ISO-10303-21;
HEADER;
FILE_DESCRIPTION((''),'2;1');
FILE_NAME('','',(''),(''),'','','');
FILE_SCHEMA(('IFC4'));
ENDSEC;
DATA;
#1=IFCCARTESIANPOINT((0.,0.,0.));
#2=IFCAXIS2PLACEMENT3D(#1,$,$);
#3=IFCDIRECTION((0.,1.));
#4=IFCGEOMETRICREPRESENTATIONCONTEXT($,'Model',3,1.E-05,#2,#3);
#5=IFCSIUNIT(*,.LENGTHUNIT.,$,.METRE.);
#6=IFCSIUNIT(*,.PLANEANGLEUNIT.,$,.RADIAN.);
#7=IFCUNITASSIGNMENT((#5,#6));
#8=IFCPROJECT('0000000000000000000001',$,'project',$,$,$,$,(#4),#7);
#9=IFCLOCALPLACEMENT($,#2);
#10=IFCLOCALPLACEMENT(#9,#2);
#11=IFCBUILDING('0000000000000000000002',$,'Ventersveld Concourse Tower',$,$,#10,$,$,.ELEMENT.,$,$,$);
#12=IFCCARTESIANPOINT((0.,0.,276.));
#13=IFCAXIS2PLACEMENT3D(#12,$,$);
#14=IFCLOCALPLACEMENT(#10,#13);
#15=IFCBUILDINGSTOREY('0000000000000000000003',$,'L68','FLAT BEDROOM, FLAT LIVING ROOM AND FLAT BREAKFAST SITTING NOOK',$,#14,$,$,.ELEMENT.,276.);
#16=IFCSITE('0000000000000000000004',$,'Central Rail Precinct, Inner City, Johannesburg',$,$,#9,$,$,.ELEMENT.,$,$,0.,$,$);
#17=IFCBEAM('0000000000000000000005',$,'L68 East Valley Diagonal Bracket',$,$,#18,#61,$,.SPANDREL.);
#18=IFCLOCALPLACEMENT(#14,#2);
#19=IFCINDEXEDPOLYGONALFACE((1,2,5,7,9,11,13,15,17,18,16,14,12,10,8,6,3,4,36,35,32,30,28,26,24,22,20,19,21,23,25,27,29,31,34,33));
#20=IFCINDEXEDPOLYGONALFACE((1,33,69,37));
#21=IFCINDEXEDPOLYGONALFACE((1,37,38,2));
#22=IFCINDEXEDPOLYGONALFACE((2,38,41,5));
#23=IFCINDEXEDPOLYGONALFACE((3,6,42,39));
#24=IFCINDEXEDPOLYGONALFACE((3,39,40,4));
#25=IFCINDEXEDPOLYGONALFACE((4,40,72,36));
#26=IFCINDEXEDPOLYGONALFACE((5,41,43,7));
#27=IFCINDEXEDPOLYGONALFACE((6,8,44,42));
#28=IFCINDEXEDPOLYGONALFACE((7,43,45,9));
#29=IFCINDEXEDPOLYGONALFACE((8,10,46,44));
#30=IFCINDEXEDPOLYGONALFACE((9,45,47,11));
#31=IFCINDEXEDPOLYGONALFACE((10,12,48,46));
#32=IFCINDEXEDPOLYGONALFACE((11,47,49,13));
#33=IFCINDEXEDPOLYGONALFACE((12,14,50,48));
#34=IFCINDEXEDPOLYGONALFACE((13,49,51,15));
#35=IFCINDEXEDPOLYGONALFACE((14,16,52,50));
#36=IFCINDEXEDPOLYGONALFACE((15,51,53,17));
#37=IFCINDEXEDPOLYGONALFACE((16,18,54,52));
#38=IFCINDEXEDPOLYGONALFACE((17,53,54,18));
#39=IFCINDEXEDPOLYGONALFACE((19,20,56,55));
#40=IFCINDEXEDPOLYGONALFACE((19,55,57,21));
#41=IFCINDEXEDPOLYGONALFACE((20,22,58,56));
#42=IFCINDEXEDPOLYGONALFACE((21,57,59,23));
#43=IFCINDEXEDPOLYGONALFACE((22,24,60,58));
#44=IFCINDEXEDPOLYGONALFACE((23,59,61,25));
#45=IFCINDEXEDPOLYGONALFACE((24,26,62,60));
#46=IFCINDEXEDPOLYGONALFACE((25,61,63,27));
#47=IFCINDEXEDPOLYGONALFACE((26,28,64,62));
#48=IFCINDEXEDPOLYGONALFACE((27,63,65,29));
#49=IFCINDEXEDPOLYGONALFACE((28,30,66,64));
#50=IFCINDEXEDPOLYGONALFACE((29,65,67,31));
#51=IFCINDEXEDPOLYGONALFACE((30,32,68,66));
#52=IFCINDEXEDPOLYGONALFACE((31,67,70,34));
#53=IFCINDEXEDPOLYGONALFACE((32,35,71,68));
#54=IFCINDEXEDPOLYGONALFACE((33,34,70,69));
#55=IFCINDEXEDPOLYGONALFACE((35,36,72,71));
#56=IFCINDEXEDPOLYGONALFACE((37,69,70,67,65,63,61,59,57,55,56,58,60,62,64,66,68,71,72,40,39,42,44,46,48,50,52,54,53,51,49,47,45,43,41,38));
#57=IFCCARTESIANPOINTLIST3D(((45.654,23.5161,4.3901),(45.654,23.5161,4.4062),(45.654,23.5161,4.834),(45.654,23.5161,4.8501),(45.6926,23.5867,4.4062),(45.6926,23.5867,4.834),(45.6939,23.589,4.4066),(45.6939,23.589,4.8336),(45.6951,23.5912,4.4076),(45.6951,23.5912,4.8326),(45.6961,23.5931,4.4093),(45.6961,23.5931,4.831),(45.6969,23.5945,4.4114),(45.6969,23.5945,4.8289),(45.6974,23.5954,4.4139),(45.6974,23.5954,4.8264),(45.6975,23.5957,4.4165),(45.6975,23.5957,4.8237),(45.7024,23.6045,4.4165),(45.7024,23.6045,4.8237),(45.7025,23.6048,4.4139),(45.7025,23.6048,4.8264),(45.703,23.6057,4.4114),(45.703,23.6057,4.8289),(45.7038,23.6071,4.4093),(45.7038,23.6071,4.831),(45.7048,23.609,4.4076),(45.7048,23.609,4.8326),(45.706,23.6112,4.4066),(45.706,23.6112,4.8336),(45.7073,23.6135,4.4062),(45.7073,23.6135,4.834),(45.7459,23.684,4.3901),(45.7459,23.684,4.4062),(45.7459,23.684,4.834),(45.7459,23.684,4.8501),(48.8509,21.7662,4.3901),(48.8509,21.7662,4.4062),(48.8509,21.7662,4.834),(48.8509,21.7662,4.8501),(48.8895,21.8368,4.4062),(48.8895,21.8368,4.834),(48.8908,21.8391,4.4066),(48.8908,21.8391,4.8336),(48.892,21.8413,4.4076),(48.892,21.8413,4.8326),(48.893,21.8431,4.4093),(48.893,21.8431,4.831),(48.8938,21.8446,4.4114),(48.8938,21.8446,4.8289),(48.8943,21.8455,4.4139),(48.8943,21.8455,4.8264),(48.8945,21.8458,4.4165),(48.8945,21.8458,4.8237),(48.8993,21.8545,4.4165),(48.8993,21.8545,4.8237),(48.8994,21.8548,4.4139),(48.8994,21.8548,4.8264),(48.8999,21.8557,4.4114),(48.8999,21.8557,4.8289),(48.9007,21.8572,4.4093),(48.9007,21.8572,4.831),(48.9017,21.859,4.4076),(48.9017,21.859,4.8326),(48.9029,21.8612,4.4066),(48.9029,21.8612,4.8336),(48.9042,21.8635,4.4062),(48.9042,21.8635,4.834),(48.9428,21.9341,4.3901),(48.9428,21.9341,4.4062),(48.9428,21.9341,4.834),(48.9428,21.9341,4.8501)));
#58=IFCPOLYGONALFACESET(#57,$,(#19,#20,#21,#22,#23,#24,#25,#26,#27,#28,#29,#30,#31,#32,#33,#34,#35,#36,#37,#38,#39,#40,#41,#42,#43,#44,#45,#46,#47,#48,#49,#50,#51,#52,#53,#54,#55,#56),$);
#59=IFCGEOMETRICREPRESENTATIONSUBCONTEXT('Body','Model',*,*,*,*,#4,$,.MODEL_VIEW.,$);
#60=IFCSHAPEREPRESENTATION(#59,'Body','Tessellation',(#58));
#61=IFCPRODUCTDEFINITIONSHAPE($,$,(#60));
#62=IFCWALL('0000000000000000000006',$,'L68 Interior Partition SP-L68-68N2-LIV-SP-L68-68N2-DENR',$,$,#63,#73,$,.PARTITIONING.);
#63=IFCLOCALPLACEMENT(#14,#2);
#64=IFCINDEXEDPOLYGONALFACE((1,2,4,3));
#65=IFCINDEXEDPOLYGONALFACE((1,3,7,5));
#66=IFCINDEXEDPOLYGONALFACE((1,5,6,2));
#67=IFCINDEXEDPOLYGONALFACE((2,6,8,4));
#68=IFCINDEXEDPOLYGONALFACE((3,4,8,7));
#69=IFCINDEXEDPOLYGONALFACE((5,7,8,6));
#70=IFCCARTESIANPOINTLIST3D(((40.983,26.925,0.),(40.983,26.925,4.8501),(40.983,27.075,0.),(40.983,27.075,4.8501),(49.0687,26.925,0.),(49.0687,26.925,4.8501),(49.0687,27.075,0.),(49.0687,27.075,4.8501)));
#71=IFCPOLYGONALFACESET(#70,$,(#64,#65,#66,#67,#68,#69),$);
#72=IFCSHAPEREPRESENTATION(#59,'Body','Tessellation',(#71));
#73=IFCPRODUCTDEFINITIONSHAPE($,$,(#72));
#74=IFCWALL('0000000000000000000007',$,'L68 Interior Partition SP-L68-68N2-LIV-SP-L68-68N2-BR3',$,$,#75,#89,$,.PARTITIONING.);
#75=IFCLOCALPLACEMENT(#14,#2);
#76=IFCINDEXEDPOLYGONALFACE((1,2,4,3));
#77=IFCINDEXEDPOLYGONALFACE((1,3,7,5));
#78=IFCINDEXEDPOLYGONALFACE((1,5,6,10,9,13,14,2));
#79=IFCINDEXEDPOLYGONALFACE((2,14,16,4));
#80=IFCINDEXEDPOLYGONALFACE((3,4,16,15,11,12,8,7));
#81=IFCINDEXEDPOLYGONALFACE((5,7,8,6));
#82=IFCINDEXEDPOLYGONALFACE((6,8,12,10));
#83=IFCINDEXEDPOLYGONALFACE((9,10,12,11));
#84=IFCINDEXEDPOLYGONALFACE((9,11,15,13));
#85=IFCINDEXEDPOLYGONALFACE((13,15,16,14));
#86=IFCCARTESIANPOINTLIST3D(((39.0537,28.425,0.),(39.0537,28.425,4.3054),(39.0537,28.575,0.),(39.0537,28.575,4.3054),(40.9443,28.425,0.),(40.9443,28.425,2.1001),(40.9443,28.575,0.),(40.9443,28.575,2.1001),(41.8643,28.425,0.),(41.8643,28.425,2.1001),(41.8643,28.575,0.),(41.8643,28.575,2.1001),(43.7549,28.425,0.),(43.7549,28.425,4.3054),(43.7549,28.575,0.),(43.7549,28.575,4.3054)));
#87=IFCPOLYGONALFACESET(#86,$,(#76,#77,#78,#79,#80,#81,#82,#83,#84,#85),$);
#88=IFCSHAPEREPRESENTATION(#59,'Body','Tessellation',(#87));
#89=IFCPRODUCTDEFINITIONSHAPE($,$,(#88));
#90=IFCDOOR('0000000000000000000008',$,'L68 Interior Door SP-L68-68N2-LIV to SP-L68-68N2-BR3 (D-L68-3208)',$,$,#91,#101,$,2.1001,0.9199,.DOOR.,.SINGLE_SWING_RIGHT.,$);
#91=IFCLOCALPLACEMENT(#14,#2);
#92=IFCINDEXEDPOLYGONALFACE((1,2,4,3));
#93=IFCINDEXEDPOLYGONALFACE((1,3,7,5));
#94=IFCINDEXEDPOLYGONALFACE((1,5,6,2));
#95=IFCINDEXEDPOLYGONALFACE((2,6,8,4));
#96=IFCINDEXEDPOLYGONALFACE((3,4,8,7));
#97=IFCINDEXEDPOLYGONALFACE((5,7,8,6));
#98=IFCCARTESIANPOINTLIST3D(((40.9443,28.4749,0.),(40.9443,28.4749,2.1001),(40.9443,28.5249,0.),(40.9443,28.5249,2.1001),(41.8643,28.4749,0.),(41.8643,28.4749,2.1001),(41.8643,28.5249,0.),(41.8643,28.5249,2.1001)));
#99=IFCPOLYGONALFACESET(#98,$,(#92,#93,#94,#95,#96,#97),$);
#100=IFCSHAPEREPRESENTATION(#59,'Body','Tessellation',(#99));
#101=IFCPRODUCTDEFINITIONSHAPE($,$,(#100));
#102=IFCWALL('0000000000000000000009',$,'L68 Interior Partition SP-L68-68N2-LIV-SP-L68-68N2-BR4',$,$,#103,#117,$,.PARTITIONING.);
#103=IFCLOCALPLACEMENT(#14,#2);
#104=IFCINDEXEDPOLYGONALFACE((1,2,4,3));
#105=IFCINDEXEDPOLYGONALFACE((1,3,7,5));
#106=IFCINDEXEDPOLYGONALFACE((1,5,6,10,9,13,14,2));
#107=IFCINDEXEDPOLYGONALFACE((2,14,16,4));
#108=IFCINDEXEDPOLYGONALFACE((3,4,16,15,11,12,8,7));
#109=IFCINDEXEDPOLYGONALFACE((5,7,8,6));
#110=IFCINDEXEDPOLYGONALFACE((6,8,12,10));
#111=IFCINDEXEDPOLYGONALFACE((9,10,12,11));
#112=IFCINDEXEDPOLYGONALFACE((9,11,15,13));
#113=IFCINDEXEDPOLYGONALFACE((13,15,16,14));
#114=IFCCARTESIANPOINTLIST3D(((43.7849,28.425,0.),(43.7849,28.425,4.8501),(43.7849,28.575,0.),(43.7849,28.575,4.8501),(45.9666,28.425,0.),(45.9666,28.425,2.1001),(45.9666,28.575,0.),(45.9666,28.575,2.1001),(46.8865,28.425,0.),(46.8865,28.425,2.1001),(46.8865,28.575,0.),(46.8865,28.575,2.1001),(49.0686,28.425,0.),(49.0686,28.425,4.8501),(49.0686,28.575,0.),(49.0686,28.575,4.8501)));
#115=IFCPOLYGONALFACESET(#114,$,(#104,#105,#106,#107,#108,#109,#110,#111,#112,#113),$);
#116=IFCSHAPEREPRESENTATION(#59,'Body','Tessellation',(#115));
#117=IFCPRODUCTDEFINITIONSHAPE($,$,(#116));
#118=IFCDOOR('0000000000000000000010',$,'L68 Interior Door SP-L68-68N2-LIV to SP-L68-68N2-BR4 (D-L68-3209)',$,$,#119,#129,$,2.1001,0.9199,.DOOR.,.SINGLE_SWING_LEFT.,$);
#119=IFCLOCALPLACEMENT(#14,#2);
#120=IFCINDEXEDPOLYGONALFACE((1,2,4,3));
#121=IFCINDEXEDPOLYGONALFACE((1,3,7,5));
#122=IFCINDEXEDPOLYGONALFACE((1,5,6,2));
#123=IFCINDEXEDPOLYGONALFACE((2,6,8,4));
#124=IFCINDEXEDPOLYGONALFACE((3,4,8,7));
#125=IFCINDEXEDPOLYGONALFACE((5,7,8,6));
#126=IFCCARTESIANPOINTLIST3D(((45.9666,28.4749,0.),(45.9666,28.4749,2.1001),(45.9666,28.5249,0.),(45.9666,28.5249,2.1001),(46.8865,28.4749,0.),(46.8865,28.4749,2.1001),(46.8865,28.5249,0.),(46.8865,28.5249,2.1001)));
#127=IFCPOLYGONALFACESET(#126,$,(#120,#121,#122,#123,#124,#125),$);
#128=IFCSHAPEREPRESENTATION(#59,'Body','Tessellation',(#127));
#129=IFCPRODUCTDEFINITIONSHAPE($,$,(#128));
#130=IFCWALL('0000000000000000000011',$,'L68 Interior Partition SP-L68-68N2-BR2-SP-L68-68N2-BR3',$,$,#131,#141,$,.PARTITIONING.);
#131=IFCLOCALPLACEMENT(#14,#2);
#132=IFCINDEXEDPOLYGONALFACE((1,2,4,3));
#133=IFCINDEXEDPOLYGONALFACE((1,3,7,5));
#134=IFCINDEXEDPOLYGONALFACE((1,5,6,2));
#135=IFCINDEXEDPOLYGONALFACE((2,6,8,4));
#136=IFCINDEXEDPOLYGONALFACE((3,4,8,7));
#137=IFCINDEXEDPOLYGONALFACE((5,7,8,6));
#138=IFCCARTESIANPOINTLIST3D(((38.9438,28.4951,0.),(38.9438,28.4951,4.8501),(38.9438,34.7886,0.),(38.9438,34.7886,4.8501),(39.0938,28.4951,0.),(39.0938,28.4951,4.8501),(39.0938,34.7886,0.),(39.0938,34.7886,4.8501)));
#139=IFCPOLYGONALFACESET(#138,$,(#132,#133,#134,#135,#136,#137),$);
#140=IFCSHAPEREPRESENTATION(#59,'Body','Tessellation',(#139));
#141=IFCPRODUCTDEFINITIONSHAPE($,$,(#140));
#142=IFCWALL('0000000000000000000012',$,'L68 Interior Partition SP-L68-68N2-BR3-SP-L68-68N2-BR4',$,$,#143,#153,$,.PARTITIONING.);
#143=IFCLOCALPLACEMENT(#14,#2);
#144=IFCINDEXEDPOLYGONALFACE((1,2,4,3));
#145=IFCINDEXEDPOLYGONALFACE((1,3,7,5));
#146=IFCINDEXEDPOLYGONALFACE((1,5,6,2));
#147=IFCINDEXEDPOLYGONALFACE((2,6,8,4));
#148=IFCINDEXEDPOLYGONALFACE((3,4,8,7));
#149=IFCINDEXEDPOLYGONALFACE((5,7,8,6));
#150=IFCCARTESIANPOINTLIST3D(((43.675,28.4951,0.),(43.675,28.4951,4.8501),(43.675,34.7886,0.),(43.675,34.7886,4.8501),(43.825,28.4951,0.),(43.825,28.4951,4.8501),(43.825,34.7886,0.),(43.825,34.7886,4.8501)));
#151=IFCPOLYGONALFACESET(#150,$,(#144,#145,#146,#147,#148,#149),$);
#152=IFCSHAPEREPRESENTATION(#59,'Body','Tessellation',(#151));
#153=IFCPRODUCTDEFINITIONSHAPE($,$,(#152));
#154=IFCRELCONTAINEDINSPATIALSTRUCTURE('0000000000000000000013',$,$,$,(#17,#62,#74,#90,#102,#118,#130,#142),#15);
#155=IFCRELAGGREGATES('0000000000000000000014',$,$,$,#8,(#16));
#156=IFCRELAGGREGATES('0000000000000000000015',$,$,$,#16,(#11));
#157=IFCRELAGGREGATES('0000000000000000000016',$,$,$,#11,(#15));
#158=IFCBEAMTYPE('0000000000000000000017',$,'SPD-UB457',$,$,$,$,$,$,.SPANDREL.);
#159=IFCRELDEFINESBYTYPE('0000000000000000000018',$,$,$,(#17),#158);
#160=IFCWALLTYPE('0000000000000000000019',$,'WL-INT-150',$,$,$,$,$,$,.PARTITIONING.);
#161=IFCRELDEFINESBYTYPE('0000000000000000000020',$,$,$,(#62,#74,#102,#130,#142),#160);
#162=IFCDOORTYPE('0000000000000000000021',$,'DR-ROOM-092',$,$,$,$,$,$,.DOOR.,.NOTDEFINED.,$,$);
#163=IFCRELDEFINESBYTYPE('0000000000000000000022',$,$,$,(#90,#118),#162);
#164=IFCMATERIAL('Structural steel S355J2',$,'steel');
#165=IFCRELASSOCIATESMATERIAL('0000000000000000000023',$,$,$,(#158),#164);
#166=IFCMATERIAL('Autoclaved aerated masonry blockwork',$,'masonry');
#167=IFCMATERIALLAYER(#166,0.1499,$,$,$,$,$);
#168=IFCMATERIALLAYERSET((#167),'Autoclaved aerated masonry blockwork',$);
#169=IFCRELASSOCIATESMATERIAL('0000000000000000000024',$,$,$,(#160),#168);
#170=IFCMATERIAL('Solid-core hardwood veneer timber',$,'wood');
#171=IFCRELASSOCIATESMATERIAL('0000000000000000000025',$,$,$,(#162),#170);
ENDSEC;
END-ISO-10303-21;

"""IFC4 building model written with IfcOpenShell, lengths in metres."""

from ifc_helpers import new_model, si_unit, direction, frame, frame_2d, origin, origin_2d, place, context, subcontext, project, spatial, rectangle, i_section, extrude, material, layer, layer_set, material_profile, profile_set, type_object, element, fill, save


model = new_model("IFC4")

# Units and contexts
model_context = context("Model", 3, precision=1e-05, world=origin(), true_north=direction((0.0, 1.0)))
body_context = subcontext(model_context, "Body", "Model", "MODEL_VIEW")
ifc_project = project(units=[si_unit("LENGTHUNIT", "METRE"), si_unit("PLANEANGLEUNIT", "RADIAN")], contexts=[model_context])

# Site, building, storey
site_placement = place(None, origin())
site = spatial("IfcSite", under=ifc_project, at=site_placement, Name="Central Rail Precinct, Inner City, Johannesburg", CompositionType="ELEMENT", RefElevation=0.0)
building_placement = place(site_placement, origin())
building = spatial("IfcBuilding", under=site, at=building_placement, Name="Ventersveld Concourse Tower", CompositionType="ELEMENT")
storey_placement = place(building_placement, frame((0.0, 0.0, 276.0)))
storey = spatial("IfcBuildingStorey", under=building, at=storey_placement, Name="L68", Description="FLAT BEDROOM, FLAT LIVING ROOM AND FLAT BREAKFAST SITTING NOOK", CompositionType="ELEMENT", Elevation=276.0)

# Beam
ifc_material_1 = material(Name="Structural steel S355J2", Category="steel")
ifc_material_profile_1 = material_profile(ifc_material_1, i_section(OverallWidth=0.1914, OverallDepth=0.46, WebThickness=0.01, FlangeThickness=0.0161, FilletRadius=0.0103, at=origin_2d()), Name="UB 457x191x82")
ifc_profile_set_1 = profile_set([ifc_material_profile_1], Name="Structural steel S355J2")
beam_type_1 = type_object("IfcBeamType", Name="SPD-UB457", PredefinedType="SPANDREL", material=ifc_profile_set_1)
beam_1_placement = place(storey_placement, frame((45.7, 23.6001, 4.6201), z_axis=(0.877183, -0.480156, 0.0), x_axis=(0.480156, 0.877183, 0.0)))
element("IfcBeam", 1, at=beam_1_placement, inside=storey, type_object=beam_type_1, Name="L68 East Valley Diagonal Bracket", PredefinedType="SPANDREL", context=body_context, shape_type="SweptSolid", body=[
    extrude(i_section(OverallWidth=0.1914, OverallDepth=0.46, WebThickness=0.01, FlangeThickness=0.0161, FilletRadius=0.0103, at=origin_2d()), origin(), (0.0, 0.0, 1.0), 3.6445),
])

# Wall
ifc_material_2 = material(Name="Autoclaved aerated masonry blockwork", Category="masonry")
ifc_layer_1 = layer(ifc_material_2, 0.1499)
ifc_layer_set_1 = layer_set([ifc_layer_1], Name="Autoclaved aerated masonry blockwork")
wall_type_1 = type_object("IfcWallType", Name="WL-INT-150", PredefinedType="PARTITIONING", material=ifc_layer_set_1)
wall_1_placement = place(storey_placement, frame((40.9829, 27.0, 0.0), z_axis=(0.0, 0.0, 1.0), x_axis=(1.0, 0.0, 0.0)))
element("IfcWall", 2, at=wall_1_placement, inside=storey, type_object=wall_type_1, Name="L68 Interior Partition SP-L68-68N2-LIV-SP-L68-68N2-DENR", PredefinedType="PARTITIONING", context=body_context, shape_type="SweptSolid", body=[
    extrude(rectangle(XDim=8.0857, YDim=0.1499, at=frame_2d((4.043, 0.0))), origin(), (0.0, 0.0, 1.0), 4.8501),
])

# Walls, openings, doors
wall_2_placement = place(storey_placement, frame((39.0537, 28.5, 0.0), z_axis=(0.0, 0.0, 1.0), x_axis=(1.0, 0.0, 0.0)))
wall_2 = element("IfcWall", 3, at=wall_2_placement, inside=storey, type_object=wall_type_1, Name="L68 Interior Partition SP-L68-68N2-LIV-SP-L68-68N2-BR3", PredefinedType="PARTITIONING", context=body_context, shape_type="SweptSolid", body=[
    extrude(rectangle(XDim=4.7012, YDim=0.1499, at=frame_2d((2.3506, 0.0))), origin(), (0.0, 0.0, 1.0), 4.3054),
])
opening_1_placement = place(wall_2_placement, frame((1.8906, 0.0, 0.0)))
opening_1 = element("IfcOpeningElement", 4, at=opening_1_placement, cuts=wall_2, PredefinedType="OPENING", context=body_context, shape_type="SweptSolid", body=[
    extrude(rectangle(XDim=0.9199, YDim=2.1001, at=frame_2d((0.46, 1.05))), frame((0.0, 0.085, 0.0), z_axis=(0.0, -1.0, 0.0), x_axis=(1.0, 0.0, 0.0)), (0.0, 0.0, 1.0), 0.1699),
])
ifc_material_3 = material(Name="Solid-core hardwood veneer timber", Category="wood")
door_type = type_object("IfcDoorType", Name="DR-ROOM-092", OperationType="NOTDEFINED", PredefinedType="DOOR", material=ifc_material_3)
door_1_placement = place(opening_1_placement, origin())
door_1 = element("IfcDoor", 5, at=door_1_placement, inside=storey, type_object=door_type, Name="L68 Interior Door SP-L68-68N2-LIV to SP-L68-68N2-BR3 (D-L68-3208)", OperationType="SINGLE_SWING_RIGHT", OverallHeight=2.1001, OverallWidth=0.9199, PredefinedType="DOOR", context=body_context, shape_type="SweptSolid", body=[
    extrude(rectangle(XDim=0.9199, YDim=2.1001, at=frame_2d((0.46, 1.05))), frame((0.0, 0.0249, 0.0), z_axis=(0.0, -1.0, 0.0), x_axis=(1.0, 0.0, 0.0)), (0.0, 0.0, 1.0), 0.05),
])
fill(opening_1, door_1)
wall_3_placement = place(storey_placement, frame((43.7849, 28.5, 0.0), z_axis=(0.0, 0.0, 1.0), x_axis=(1.0, 0.0, 0.0)))
wall_3 = element("IfcWall", 6, at=wall_3_placement, inside=storey, type_object=wall_type_1, Name="L68 Interior Partition SP-L68-68N2-LIV-SP-L68-68N2-BR4", PredefinedType="PARTITIONING", context=body_context, shape_type="SweptSolid", body=[
    extrude(rectangle(XDim=5.2837, YDim=0.1499, at=frame_2d((2.6418, 0.0))), origin(), (0.0, 0.0, 1.0), 4.8501),
])
opening_2_placement = place(wall_3_placement, frame((2.1816, 0.0, 0.0)))
opening_2 = element("IfcOpeningElement", 7, at=opening_2_placement, cuts=wall_3, PredefinedType="OPENING", context=body_context, shape_type="SweptSolid", body=[
    extrude(rectangle(XDim=0.9199, YDim=2.1001, at=frame_2d((0.46, 1.05))), frame((0.0, 0.085, 0.0), z_axis=(0.0, -1.0, 0.0), x_axis=(1.0, 0.0, 0.0)), (0.0, 0.0, 1.0), 0.1699),
])
door_2_placement = place(opening_2_placement, origin())
door_2 = element("IfcDoor", 8, at=door_2_placement, inside=storey, type_object=door_type, Name="L68 Interior Door SP-L68-68N2-LIV to SP-L68-68N2-BR4 (D-L68-3209)", OperationType="SINGLE_SWING_LEFT", OverallHeight=2.1001, OverallWidth=0.9199, PredefinedType="DOOR", context=body_context, shape_type="SweptSolid", body=[
    extrude(rectangle(XDim=0.9199, YDim=2.1001, at=frame_2d((0.46, 1.05))), frame((0.0, 0.0249, 0.0), z_axis=(0.0, -1.0, 0.0), x_axis=(1.0, 0.0, 0.0)), (0.0, 0.0, 1.0), 0.05),
])
fill(opening_2, door_2)

# Walls
for number, where, z_axis, x_axis, name in (
    (9, (39.0188, 28.4951, 0.0), (0.0, 0.0, 1.0), (0.0, 1.0, 0.0), "L68 Interior Partition SP-L68-68N2-BR2-SP-L68-68N2-BR3"),
    (10, (43.75, 28.4951, 0.0), (0.0, 0.0, 1.0), (0.0, 1.0, 0.0), "L68 Interior Partition SP-L68-68N2-BR3-SP-L68-68N2-BR4"),
):
    element("IfcWall", number, at=place(storey_placement, frame(where, z_axis=z_axis, x_axis=x_axis)), inside=storey, type_object=wall_type_1, Name=name, PredefinedType="PARTITIONING", context=body_context, shape_type="SweptSolid", body=[
        extrude(rectangle(XDim=6.2935, YDim=0.1499, at=frame_2d((3.1467, 0.0))), origin(), (0.0, 0.0, 1.0), 4.8501),
    ])

save(model, "model.ifc")
